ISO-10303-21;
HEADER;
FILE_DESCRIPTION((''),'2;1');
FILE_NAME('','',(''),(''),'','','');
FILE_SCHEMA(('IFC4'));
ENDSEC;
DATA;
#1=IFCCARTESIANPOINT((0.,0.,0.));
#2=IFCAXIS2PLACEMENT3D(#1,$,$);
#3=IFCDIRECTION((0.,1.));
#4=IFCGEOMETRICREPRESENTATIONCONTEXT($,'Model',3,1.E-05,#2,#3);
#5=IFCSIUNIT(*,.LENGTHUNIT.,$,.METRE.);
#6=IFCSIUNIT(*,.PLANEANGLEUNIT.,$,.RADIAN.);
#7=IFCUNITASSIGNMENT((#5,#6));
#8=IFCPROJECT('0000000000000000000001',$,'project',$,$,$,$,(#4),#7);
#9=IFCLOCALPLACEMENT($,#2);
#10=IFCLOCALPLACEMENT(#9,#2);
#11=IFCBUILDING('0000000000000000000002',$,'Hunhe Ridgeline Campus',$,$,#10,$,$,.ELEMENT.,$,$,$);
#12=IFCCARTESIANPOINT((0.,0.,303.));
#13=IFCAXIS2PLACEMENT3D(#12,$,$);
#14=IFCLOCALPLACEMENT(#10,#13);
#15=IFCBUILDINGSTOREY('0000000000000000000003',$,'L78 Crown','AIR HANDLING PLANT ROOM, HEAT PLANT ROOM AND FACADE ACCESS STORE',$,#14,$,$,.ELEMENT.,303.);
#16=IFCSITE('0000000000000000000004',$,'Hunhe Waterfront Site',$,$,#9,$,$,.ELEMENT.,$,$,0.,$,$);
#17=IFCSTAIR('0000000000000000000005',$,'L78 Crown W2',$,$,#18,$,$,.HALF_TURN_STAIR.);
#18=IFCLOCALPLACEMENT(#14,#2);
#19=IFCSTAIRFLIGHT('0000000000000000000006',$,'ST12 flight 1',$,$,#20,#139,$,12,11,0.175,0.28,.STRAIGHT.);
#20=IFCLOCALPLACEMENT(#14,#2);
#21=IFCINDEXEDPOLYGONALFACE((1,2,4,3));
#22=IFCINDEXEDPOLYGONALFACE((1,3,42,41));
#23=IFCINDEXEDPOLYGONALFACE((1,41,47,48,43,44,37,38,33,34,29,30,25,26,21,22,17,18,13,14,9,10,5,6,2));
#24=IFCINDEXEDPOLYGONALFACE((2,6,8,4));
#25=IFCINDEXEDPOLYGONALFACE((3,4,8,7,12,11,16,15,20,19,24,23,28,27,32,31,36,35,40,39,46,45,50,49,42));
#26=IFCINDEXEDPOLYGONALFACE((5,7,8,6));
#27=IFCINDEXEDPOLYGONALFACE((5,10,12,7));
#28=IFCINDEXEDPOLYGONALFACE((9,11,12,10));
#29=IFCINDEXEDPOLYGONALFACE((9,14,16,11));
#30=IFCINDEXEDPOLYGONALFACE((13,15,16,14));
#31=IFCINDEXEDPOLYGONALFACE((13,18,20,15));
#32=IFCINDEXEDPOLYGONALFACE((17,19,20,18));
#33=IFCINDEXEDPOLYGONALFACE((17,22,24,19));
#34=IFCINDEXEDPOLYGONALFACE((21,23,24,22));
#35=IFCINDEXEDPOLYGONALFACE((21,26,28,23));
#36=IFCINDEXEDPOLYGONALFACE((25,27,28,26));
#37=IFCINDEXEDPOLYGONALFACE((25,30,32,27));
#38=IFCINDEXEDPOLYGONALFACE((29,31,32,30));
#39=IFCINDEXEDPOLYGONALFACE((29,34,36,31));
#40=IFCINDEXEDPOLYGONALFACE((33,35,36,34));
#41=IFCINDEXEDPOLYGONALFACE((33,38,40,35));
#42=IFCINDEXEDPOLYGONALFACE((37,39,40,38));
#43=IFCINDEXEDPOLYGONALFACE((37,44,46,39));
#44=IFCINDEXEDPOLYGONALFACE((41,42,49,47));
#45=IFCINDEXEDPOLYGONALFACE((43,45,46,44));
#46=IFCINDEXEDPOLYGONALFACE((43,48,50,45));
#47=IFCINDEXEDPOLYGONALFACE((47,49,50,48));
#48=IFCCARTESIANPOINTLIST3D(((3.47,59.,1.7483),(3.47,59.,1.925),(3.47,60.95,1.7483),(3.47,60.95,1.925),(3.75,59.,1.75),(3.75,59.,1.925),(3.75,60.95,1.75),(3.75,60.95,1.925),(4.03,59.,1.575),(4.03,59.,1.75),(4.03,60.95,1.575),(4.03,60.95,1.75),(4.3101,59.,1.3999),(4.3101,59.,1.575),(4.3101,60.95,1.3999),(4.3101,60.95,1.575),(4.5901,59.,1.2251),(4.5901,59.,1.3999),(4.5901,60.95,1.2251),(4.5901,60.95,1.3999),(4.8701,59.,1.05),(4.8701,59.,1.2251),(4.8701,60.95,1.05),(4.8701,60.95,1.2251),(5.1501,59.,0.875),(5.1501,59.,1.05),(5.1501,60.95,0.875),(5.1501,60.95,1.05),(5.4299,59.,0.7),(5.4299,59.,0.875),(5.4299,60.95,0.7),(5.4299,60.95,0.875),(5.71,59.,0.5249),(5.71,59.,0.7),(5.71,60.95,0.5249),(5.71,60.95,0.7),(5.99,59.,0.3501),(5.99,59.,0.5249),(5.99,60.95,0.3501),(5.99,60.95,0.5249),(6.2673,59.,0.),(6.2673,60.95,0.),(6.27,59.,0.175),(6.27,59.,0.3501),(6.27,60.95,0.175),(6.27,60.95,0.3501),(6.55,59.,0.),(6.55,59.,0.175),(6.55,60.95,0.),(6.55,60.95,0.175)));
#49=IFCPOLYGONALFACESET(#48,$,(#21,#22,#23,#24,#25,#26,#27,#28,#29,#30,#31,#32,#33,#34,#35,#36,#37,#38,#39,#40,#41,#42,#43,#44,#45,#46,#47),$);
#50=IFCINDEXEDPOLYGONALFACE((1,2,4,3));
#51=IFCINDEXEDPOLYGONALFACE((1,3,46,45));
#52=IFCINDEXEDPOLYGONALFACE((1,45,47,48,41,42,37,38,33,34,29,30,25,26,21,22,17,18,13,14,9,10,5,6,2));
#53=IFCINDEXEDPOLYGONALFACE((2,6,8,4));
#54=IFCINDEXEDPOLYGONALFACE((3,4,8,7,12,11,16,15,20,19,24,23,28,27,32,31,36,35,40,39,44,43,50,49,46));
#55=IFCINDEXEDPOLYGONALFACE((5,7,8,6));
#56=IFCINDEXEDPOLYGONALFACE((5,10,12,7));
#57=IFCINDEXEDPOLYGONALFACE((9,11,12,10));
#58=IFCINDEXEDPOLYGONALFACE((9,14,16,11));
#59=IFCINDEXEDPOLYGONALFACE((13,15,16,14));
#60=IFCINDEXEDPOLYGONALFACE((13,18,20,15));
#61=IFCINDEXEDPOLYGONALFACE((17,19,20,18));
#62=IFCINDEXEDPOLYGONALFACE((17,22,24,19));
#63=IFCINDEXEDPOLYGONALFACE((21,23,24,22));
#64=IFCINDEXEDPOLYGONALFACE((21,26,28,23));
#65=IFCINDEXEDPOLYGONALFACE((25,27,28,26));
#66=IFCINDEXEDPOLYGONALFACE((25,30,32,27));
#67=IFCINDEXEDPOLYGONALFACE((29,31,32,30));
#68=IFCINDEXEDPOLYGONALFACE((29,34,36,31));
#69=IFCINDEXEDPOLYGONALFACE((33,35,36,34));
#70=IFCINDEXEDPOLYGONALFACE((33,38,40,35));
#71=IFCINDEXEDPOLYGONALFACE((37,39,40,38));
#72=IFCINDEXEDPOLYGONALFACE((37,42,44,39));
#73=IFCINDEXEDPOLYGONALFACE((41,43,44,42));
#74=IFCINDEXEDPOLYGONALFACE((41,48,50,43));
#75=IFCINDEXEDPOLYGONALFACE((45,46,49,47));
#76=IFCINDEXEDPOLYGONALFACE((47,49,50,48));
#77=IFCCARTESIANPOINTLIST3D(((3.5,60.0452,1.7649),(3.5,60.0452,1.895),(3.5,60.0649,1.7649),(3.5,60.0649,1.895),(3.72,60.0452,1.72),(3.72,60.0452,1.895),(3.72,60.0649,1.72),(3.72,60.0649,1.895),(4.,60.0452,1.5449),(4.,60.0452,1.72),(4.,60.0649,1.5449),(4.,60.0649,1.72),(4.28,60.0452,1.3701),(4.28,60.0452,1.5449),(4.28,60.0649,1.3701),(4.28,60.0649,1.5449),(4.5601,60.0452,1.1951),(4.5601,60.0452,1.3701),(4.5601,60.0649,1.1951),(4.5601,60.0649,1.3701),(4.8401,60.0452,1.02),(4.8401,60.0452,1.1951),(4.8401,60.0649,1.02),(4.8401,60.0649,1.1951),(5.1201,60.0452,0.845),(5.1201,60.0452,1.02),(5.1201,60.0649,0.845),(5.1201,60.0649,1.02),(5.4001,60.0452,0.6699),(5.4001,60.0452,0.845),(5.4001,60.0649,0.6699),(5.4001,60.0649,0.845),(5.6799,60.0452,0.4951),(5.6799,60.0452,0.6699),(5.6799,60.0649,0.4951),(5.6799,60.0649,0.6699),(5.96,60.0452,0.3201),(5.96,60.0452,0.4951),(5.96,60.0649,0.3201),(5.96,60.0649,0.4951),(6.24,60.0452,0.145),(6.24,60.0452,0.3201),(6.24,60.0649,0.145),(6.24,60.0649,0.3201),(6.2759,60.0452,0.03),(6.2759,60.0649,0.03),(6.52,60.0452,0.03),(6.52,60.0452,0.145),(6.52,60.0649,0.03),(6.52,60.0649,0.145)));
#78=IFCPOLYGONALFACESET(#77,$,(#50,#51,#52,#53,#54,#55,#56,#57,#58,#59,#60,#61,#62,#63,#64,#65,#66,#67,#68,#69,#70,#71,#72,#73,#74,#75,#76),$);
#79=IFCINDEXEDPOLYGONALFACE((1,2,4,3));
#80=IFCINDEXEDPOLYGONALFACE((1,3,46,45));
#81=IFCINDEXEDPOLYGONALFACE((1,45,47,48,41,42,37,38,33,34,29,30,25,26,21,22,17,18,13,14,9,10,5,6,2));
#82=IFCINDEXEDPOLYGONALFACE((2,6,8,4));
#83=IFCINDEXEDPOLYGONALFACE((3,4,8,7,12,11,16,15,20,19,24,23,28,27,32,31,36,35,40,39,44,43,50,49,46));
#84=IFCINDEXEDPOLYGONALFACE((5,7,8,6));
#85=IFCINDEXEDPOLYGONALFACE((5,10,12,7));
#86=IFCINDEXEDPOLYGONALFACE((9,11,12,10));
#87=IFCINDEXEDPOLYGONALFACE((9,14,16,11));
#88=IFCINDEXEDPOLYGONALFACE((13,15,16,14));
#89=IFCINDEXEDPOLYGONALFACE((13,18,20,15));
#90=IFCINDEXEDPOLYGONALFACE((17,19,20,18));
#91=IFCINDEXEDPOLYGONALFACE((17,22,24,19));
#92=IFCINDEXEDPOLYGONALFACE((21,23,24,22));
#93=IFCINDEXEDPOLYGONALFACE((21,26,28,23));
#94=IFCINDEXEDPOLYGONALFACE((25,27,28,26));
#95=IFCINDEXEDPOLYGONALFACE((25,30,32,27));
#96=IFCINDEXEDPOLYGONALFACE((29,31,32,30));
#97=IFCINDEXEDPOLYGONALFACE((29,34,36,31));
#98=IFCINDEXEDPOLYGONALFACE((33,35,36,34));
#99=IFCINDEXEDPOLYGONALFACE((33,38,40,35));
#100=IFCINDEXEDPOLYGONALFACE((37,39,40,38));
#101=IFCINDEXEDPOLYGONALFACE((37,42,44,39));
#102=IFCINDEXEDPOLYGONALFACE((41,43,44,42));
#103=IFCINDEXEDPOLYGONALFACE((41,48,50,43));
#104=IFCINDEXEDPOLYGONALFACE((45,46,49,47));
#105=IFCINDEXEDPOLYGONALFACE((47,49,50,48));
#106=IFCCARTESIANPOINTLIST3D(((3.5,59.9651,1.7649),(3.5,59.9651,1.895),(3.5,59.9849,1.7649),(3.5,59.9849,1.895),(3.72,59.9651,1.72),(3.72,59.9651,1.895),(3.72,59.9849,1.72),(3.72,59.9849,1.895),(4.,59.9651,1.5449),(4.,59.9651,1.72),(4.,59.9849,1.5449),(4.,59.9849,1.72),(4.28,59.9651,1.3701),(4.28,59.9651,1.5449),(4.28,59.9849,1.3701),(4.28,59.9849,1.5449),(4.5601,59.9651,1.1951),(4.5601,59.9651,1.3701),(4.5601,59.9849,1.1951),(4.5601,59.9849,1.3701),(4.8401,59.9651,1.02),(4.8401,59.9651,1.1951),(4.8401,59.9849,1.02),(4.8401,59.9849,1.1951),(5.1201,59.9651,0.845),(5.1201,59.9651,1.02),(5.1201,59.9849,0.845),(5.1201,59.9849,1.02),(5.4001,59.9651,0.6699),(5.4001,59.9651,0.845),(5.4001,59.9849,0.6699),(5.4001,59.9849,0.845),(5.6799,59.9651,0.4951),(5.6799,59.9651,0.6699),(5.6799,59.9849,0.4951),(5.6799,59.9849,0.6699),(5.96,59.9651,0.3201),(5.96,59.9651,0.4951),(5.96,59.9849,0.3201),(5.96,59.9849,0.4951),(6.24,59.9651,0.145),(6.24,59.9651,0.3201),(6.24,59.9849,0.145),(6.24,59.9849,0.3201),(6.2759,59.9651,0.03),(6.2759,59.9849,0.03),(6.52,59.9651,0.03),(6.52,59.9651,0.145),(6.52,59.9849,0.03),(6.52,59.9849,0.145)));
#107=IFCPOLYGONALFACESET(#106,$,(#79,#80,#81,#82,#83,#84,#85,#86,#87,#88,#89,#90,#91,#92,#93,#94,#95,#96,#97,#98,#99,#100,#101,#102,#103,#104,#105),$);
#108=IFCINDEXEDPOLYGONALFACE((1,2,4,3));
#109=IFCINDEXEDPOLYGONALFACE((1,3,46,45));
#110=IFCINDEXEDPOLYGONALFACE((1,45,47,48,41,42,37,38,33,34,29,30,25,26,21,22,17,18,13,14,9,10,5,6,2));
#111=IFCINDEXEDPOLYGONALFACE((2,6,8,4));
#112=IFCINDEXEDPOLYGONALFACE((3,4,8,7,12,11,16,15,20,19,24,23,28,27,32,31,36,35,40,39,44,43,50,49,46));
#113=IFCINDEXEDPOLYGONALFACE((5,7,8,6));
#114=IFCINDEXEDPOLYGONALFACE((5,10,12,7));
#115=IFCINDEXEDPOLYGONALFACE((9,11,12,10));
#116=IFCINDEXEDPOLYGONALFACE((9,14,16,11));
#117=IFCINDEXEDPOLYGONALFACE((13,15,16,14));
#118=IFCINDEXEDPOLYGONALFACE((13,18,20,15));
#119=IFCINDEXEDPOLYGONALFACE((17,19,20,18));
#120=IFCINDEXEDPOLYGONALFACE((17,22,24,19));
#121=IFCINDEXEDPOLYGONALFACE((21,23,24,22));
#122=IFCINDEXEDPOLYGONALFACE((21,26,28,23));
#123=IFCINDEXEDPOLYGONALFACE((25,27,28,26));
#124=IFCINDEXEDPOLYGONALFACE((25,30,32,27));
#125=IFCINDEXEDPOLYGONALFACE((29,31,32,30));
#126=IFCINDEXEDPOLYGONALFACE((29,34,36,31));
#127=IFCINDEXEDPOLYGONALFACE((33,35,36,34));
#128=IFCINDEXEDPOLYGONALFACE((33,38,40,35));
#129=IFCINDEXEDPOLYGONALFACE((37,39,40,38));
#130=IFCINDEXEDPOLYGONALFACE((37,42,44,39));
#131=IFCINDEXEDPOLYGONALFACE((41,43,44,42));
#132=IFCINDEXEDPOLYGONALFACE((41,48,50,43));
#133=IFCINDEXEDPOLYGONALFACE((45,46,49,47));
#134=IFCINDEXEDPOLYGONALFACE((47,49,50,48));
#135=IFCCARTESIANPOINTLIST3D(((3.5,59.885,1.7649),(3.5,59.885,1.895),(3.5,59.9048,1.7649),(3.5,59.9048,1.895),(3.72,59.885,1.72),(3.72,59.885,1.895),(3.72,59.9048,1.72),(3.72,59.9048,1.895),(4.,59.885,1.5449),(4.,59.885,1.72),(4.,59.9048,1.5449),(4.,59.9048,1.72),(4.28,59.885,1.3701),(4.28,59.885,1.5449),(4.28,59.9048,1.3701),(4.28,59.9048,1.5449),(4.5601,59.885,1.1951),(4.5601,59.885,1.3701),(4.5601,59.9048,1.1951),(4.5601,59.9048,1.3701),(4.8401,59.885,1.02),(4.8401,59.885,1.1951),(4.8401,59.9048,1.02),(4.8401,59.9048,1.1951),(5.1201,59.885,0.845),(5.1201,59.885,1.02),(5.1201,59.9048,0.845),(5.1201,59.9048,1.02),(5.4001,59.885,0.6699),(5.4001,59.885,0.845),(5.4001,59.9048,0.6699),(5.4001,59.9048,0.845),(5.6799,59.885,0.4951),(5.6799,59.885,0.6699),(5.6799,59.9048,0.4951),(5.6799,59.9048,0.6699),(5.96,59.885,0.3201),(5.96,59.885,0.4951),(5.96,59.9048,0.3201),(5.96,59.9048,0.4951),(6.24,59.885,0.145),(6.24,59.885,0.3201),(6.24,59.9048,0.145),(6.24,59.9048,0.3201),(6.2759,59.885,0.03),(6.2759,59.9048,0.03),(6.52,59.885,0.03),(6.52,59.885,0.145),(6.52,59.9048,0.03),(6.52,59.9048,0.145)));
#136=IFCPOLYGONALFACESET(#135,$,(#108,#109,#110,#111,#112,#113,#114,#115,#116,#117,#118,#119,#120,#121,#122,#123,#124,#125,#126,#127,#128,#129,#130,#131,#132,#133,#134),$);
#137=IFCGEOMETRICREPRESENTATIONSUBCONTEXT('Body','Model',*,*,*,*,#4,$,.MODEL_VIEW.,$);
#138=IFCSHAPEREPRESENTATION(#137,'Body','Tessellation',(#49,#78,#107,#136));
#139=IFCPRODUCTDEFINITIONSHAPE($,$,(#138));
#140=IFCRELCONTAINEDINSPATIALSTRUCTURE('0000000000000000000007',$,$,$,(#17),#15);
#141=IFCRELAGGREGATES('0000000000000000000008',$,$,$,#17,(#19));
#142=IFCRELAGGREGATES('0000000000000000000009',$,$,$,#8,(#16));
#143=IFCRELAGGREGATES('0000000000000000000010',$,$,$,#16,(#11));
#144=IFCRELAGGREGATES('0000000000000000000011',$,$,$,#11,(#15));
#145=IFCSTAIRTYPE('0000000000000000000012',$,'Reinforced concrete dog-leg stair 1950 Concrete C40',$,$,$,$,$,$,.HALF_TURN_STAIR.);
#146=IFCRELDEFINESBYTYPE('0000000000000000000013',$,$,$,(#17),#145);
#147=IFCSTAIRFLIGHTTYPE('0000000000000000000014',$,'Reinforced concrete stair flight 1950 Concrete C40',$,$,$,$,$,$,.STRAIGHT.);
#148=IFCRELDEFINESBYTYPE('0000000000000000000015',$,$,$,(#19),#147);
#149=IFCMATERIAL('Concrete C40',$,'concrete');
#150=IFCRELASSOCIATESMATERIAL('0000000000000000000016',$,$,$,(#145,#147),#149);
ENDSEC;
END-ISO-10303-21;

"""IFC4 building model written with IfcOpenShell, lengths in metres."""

from ifc_helpers import new_model, si_unit, direction, frame, origin, place, context, subcontext, project, spatial, polyline, outline, extrude, material, type_object, element, aggregate, save


model = new_model("IFC4")

# Units and contexts
model_context = context("Model", 3, precision=1e-05, world=origin(), true_north=direction((0.0, 1.0)))
body_context = subcontext(model_context, "Body", "Model", "MODEL_VIEW")
ifc_project = project(units=[si_unit("LENGTHUNIT", "METRE"), si_unit("PLANEANGLEUNIT", "RADIAN")], contexts=[model_context])

# Site, building, storey
site_placement = place(None, origin())
site = spatial("IfcSite", under=ifc_project, at=site_placement, Name="Hunhe Waterfront Site", CompositionType="ELEMENT", RefElevation=0.0)
building_placement = place(site_placement, origin())
building = spatial("IfcBuilding", under=site, at=building_placement, Name="Hunhe Ridgeline Campus", CompositionType="ELEMENT")
storey_placement = place(building_placement, frame((0.0, 0.0, 303.0)))
storey = spatial("IfcBuildingStorey", under=building, at=storey_placement, Name="L78 Crown", Description="AIR HANDLING PLANT ROOM, HEAT PLANT ROOM AND FACADE ACCESS STORE", CompositionType="ELEMENT", Elevation=303.0)

# Stair, stair flight
ifc_material_1 = material(Name="Concrete C40", Category="concrete")
stair_type = type_object("IfcStairType", Name="Reinforced concrete dog-leg stair 1950 Concrete C40", PredefinedType="HALF_TURN_STAIR", material=ifc_material_1)
stair_placement = place(storey_placement, origin())
stair = element("IfcStair", 1, at=stair_placement, inside=storey, type_object=stair_type, Name="L78 Crown W2", PredefinedType="HALF_TURN_STAIR")
stair_flight_type = type_object("IfcStairFlightType", Name="Reinforced concrete stair flight 1950 Concrete C40", PredefinedType="STRAIGHT", material=ifc_material_1)
stair_flight_1_placement = place(storey_placement, frame((6.55, 59.9751, 0.0), z_axis=(0.0, 0.0, 1.0), x_axis=(-1.0, 0.0, 0.0)))
stair_flight_1 = element("IfcStairFlight", 2, at=stair_flight_1_placement, type_object=stair_flight_type, Name="ST12 flight 1", NumberOfRisers=12, NumberOfTreads=11, PredefinedType="STRAIGHT", RiserHeight=0.175, TreadLength=0.28, context=body_context, shape_type="SweptSolid", body=[
    extrude(outline(polyline([(0.0, 0.0), (0.0, 0.175), (0.28, 0.175), (0.28, 0.3501), (0.5601, 0.3501), (0.5601, 0.5249), (0.8401, 0.5249), (0.8401, 0.7), (1.1201, 0.7), (1.1201, 0.875), (1.3999, 0.875), (1.3999, 1.05), (1.6799, 1.05), (1.6799, 1.2251), (1.96, 1.2251), (1.96, 1.3999), (2.24, 1.3999), (2.24, 1.575), (2.52, 1.575), (2.52, 1.75), (2.8, 1.75), (2.8, 1.925), (3.0801, 1.925), (3.0801, 2.1001), (3.0801, 1.7483), (0.2827, 0.0), (0.0, 0.0)])), frame((0.0, 0.9751, 0.0), z_axis=(0.0, -1.0, 0.0), x_axis=(1.0, 0.0, 0.0)), (0.0, 0.0, 1.0), 1.95),
    extrude(outline(polyline([(0.03, 0.03), (0.03, 0.145), (0.3101, 0.145), (0.3101, 0.3201), (0.5901, 0.3201), (0.5901, 0.4951), (0.8701, 0.4951), (0.8701, 0.6699), (1.1499, 0.6699), (1.1499, 0.845), (1.4299, 0.845), (1.4299, 1.02), (1.71, 1.02), (1.71, 1.1951), (1.99, 1.1951), (1.99, 1.3701), (2.27, 1.3701), (2.27, 1.5449), (2.55, 1.5449), (2.55, 1.72), (2.8301, 1.72), (2.8301, 1.895), (3.05, 1.895), (3.05, 1.7649), (0.2742, 0.03), (0.03, 0.03)])), frame((0.0, -0.0701, 0.0), z_axis=(0.0, -1.0, 0.0), x_axis=(1.0, 0.0, 0.0)), (0.0, 0.0, 1.0), 0.0198),
    extrude(outline(polyline([(0.03, 0.03), (0.03, 0.145), (0.3101, 0.145), (0.3101, 0.3201), (0.5901, 0.3201), (0.5901, 0.4951), (0.8701, 0.4951), (0.8701, 0.6699), (1.1499, 0.6699), (1.1499, 0.845), (1.4299, 0.845), (1.4299, 1.02), (1.71, 1.02), (1.71, 1.1951), (1.99, 1.1951), (1.99, 1.3701), (2.27, 1.3701), (2.27, 1.5449), (2.55, 1.5449), (2.55, 1.72), (2.8301, 1.72), (2.8301, 1.895), (3.05, 1.895), (3.05, 1.7649), (0.2742, 0.03), (0.03, 0.03)])), frame((0.0, 0.01, 0.0), z_axis=(0.0, -1.0, 0.0), x_axis=(1.0, 0.0, 0.0)), (0.0, 0.0, 1.0), 0.0198),
    extrude(outline(polyline([(0.03, 0.03), (0.03, 0.145), (0.3101, 0.145), (0.3101, 0.3201), (0.5901, 0.3201), (0.5901, 0.4951), (0.8701, 0.4951), (0.8701, 0.6699), (1.1499, 0.6699), (1.1499, 0.845), (1.4299, 0.845), (1.4299, 1.02), (1.71, 1.02), (1.71, 1.1951), (1.99, 1.1951), (1.99, 1.3701), (2.27, 1.3701), (2.27, 1.5449), (2.55, 1.5449), (2.55, 1.72), (2.8301, 1.72), (2.8301, 1.895), (3.05, 1.895), (3.05, 1.7649), (0.2742, 0.03), (0.03, 0.03)])), frame((0.0, 0.0901, 0.0), z_axis=(0.0, -1.0, 0.0), x_axis=(1.0, 0.0, 0.0)), (0.0, 0.0, 1.0), 0.0198),
])
aggregate(stair, [stair_flight_1])

save(model, "model.ifc")
